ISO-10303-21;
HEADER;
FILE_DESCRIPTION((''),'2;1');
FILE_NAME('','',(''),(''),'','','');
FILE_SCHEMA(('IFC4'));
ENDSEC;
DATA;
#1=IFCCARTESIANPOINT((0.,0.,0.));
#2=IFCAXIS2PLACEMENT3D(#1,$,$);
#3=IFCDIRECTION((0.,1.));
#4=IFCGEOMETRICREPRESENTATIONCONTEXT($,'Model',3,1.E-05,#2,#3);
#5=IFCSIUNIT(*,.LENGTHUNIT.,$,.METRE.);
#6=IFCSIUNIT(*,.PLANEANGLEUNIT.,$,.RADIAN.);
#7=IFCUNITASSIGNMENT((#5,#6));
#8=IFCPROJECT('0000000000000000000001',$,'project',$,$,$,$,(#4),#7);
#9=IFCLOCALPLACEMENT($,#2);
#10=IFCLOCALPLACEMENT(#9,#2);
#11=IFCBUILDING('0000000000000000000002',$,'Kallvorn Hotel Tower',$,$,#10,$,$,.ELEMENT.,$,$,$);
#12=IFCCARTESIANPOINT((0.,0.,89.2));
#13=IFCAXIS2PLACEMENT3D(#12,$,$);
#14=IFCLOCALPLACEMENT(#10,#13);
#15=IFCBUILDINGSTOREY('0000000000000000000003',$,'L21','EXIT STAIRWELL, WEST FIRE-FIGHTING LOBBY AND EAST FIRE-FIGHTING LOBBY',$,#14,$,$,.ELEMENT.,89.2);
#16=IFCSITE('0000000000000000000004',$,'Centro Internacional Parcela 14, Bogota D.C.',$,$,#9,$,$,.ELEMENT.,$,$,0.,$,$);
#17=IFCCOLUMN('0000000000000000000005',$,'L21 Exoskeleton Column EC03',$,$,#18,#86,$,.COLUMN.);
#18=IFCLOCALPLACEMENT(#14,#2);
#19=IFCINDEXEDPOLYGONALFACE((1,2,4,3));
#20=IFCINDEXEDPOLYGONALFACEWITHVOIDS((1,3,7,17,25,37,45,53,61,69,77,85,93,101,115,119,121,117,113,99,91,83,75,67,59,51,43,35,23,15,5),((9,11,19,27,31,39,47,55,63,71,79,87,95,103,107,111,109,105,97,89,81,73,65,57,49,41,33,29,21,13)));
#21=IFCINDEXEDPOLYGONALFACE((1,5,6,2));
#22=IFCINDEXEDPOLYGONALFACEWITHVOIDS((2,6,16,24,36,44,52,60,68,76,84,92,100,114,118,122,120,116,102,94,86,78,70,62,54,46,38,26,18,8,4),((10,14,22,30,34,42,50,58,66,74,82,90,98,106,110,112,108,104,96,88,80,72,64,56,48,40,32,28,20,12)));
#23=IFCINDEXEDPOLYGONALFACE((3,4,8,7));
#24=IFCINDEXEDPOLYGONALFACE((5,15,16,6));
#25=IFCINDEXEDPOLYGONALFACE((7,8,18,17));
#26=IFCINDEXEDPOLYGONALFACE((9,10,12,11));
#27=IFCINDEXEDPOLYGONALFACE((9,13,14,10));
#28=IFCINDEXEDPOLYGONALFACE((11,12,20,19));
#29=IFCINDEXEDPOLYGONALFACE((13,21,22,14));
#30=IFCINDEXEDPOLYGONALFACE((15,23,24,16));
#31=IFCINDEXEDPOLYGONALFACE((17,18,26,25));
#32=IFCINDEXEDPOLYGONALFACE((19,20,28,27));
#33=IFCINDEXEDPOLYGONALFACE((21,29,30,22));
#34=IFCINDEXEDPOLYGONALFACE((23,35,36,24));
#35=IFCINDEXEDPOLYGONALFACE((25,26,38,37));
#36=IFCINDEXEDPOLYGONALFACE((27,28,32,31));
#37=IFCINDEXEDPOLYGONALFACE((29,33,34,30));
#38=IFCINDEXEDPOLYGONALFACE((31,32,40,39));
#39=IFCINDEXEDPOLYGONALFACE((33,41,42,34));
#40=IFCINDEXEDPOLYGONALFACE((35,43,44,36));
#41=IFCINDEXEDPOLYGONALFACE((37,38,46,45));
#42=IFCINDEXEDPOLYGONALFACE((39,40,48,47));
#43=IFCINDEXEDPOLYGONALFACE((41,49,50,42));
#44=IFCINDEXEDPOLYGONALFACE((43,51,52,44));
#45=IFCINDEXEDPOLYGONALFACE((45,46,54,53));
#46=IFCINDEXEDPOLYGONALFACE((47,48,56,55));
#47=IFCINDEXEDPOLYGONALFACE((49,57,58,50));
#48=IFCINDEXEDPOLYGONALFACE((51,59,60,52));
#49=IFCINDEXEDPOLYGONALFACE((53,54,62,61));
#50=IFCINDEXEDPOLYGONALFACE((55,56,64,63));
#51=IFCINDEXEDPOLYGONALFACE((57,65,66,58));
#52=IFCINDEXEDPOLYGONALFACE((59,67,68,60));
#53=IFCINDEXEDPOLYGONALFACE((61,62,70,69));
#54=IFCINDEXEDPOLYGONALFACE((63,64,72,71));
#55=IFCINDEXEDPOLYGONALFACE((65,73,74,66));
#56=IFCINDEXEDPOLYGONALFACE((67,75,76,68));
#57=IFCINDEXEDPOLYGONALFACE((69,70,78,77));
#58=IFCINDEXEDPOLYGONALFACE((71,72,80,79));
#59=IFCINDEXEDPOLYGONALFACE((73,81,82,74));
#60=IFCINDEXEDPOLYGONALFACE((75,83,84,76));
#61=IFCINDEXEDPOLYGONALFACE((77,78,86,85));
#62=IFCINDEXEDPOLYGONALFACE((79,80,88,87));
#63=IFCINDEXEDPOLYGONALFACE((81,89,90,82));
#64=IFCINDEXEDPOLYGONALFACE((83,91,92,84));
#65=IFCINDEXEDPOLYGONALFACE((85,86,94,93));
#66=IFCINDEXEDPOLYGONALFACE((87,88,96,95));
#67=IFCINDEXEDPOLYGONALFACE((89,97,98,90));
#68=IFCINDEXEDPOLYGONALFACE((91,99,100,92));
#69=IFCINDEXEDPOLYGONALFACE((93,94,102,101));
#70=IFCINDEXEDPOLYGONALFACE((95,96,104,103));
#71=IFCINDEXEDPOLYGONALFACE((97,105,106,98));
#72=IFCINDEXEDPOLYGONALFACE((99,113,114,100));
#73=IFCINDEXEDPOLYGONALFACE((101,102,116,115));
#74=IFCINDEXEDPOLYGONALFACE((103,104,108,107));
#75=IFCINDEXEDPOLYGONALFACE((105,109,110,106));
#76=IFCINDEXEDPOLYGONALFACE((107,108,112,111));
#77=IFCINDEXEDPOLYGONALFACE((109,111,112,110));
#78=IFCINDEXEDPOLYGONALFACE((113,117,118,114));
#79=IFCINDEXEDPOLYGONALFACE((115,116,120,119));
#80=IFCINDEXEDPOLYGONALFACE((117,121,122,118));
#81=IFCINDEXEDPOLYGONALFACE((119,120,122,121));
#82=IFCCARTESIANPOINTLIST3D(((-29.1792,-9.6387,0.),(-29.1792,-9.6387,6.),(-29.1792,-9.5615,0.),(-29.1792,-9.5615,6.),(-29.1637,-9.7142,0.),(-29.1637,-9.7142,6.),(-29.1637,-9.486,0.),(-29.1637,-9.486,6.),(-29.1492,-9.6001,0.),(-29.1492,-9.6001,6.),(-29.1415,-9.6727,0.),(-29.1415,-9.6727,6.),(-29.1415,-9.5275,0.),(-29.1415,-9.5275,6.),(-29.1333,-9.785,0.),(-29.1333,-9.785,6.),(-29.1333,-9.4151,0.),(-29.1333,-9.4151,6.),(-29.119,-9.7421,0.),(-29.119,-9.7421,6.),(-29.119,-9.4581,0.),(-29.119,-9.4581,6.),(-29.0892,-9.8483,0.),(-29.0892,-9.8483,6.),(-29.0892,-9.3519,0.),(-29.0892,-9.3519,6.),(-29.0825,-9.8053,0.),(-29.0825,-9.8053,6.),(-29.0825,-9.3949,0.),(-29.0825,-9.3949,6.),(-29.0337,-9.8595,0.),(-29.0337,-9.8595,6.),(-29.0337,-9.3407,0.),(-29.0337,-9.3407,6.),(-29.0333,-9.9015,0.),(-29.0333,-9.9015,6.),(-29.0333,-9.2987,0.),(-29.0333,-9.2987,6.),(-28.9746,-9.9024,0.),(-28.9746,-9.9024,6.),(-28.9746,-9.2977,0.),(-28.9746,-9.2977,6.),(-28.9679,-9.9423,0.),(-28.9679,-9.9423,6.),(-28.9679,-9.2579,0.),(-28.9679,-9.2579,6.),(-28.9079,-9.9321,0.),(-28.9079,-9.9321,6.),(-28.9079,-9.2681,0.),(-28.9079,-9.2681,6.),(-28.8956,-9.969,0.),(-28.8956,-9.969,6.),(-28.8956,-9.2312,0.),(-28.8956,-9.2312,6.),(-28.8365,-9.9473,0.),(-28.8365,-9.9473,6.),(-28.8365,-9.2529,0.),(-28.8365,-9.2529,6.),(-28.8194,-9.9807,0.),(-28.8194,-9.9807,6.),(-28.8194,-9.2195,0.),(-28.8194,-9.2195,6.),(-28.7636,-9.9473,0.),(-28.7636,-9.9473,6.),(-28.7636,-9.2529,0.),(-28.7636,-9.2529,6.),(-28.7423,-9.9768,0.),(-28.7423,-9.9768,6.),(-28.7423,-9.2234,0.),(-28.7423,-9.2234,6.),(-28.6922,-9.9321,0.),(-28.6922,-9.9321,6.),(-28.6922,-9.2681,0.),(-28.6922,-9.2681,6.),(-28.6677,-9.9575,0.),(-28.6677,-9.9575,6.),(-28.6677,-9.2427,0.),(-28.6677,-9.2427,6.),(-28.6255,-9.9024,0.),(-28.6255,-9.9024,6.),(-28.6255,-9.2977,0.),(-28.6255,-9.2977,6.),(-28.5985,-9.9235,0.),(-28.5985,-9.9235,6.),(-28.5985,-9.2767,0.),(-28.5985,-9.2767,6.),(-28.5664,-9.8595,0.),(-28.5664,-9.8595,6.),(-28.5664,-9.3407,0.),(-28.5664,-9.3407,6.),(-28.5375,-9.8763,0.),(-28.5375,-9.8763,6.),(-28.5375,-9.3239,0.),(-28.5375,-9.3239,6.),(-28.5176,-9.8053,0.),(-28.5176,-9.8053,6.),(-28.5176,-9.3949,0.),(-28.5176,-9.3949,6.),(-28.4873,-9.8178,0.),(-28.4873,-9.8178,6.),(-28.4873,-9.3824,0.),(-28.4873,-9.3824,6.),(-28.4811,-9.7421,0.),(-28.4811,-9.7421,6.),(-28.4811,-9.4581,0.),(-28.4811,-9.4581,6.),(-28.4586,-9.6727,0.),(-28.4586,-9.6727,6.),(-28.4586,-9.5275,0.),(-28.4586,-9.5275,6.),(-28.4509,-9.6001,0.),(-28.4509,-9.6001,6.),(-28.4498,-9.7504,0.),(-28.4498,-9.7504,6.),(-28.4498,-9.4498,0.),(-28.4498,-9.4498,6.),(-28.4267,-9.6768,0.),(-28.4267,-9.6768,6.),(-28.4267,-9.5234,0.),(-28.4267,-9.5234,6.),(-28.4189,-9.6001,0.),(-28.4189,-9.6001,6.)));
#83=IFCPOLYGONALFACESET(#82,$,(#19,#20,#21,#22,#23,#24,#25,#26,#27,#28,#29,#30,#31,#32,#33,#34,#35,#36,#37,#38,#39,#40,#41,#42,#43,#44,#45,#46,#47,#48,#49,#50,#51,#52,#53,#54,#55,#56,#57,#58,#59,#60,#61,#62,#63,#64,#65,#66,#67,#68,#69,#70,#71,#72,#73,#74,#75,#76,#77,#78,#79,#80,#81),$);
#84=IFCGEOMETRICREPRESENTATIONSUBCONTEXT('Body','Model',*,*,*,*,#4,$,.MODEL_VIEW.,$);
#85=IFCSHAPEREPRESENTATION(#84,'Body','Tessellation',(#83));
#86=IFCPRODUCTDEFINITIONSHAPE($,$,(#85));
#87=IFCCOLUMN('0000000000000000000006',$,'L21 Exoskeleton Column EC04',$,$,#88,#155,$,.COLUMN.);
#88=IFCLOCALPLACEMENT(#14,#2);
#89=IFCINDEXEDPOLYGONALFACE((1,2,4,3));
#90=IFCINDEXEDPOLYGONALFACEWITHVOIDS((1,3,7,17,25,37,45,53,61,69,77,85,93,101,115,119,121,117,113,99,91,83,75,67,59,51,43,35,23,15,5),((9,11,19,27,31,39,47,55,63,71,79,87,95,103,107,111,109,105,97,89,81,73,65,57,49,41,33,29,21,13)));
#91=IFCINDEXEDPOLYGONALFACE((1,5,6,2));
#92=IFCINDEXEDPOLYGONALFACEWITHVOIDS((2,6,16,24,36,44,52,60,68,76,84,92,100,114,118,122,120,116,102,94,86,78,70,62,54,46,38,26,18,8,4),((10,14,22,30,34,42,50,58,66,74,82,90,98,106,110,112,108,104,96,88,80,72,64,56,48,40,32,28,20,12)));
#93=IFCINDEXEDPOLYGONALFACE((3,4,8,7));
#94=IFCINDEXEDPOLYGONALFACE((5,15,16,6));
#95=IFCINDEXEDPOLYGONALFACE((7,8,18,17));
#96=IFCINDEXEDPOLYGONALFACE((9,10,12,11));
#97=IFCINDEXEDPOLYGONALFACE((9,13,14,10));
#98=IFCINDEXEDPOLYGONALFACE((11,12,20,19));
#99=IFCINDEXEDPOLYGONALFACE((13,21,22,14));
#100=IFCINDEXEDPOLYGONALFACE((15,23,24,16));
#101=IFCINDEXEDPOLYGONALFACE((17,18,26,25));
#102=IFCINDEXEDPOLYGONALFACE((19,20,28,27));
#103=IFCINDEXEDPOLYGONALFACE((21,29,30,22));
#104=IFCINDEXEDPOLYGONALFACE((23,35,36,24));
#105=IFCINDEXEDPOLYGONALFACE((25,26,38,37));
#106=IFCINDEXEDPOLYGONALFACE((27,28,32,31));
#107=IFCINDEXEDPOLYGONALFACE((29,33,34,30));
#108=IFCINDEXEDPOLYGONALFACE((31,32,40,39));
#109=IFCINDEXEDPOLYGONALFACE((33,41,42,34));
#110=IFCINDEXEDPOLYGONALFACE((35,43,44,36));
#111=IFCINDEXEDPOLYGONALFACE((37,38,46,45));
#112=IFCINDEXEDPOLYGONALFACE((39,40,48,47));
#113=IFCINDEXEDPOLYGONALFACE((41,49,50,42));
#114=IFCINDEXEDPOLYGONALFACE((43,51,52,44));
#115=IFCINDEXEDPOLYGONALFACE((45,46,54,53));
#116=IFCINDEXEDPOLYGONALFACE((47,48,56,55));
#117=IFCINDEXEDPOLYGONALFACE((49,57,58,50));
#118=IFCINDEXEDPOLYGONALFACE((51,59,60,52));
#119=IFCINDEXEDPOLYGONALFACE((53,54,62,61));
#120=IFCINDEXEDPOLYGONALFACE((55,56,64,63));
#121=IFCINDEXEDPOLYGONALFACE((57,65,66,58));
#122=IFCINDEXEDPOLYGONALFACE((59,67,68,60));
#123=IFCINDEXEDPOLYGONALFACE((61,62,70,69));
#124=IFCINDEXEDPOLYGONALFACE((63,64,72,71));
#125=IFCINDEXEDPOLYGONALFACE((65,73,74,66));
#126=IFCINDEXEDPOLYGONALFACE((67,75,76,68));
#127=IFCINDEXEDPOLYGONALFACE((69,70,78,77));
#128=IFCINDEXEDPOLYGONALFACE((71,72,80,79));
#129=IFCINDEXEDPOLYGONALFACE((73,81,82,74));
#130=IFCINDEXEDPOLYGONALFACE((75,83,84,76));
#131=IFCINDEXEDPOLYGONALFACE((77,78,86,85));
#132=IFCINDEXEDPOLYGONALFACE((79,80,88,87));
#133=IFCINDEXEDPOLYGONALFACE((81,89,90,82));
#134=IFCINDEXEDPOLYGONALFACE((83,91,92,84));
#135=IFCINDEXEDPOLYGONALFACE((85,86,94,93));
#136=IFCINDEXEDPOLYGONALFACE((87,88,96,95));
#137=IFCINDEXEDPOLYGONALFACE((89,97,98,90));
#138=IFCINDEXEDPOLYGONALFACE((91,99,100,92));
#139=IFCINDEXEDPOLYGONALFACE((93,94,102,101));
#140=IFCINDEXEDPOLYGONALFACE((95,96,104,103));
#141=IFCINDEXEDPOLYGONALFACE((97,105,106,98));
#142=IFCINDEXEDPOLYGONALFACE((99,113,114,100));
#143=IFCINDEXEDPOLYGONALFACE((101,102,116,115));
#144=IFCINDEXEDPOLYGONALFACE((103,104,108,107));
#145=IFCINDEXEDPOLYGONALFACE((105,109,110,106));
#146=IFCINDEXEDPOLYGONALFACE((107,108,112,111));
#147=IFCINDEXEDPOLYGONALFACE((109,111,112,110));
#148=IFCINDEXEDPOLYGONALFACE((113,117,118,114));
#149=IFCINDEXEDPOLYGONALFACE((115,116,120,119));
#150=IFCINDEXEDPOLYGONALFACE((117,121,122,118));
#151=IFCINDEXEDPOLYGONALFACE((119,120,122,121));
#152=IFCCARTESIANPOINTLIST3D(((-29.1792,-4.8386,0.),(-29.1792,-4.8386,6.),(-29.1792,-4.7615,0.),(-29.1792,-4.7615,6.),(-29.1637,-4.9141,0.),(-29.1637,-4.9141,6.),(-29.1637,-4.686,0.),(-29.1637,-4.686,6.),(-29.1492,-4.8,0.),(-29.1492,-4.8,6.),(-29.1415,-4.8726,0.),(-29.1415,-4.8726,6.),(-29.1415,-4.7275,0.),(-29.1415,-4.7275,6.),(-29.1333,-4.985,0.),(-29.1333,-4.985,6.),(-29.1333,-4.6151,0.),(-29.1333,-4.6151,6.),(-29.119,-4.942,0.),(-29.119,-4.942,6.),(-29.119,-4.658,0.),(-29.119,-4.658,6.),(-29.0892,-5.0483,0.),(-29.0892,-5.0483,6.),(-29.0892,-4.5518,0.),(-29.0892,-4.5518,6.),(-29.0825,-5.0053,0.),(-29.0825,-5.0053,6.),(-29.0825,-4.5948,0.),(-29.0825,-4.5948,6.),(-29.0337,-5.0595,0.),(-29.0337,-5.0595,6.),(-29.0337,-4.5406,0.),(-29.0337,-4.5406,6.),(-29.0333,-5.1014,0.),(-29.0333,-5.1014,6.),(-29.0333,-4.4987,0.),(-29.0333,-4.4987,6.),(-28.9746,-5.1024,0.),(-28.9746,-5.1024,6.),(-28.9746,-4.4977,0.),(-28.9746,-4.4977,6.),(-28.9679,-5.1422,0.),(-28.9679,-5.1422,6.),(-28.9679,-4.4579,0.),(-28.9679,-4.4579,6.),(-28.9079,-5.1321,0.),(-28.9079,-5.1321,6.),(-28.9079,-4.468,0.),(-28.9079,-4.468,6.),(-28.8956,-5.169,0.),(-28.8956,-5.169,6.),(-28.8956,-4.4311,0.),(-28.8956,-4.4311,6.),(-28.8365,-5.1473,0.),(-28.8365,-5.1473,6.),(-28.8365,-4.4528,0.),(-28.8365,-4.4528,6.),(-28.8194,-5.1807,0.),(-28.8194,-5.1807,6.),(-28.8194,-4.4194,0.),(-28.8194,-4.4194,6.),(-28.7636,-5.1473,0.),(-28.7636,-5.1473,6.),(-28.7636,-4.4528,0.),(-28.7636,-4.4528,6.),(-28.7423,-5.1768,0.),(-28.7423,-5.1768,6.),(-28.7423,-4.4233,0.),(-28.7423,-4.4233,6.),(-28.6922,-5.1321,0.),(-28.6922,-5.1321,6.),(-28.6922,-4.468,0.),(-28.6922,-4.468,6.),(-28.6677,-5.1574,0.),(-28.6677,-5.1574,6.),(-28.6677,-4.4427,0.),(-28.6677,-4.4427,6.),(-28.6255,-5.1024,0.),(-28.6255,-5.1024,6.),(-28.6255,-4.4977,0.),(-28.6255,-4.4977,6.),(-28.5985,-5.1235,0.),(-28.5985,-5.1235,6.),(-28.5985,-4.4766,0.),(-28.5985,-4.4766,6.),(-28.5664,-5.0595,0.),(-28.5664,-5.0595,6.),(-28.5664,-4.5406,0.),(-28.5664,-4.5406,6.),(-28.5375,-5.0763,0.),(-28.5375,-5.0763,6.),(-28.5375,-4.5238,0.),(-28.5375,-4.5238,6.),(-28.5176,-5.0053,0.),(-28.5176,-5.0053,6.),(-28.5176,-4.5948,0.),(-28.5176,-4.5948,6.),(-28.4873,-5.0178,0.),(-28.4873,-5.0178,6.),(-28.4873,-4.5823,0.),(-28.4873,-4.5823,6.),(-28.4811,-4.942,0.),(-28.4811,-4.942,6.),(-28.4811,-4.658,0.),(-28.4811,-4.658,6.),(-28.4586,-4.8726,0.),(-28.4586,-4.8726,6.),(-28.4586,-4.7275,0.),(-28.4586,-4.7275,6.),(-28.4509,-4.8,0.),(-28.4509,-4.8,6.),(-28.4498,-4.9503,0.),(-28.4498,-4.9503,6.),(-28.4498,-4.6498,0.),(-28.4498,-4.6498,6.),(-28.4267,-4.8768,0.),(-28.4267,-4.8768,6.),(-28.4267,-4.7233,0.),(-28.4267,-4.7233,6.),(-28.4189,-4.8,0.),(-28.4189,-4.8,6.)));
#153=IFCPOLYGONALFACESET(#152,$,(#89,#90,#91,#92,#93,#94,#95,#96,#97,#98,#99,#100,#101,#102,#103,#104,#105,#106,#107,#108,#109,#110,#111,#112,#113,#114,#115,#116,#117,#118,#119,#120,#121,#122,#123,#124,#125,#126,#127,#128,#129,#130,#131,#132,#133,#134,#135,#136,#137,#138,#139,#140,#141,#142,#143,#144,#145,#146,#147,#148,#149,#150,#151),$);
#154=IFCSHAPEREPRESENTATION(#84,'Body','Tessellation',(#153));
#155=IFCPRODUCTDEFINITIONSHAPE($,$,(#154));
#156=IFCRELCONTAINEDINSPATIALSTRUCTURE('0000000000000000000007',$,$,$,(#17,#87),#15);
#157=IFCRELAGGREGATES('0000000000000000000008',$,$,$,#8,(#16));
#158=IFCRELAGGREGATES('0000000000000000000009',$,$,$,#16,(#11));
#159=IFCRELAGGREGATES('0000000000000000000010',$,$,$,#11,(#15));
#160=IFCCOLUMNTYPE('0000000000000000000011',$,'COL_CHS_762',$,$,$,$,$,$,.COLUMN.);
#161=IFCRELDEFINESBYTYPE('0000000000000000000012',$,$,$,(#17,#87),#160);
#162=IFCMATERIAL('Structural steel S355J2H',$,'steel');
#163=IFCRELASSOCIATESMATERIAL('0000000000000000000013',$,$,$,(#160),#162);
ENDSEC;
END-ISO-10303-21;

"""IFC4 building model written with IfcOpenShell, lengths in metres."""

from ifc_helpers import new_model, si_unit, direction, frame, origin, origin_2d, place, context, subcontext, project, spatial, hollow_circle, extrude, material, material_profile, profile_set, type_object, element, save


model = new_model("IFC4")

# Units and contexts
model_context = context("Model", 3, precision=1e-05, world=origin(), true_north=direction((0.0, 1.0)))
body_context = subcontext(model_context, "Body", "Model", "MODEL_VIEW")
ifc_project = project(units=[si_unit("LENGTHUNIT", "METRE"), si_unit("PLANEANGLEUNIT", "RADIAN")], contexts=[model_context])

# Site, building, storey
site_placement = place(None, origin())
site = spatial("IfcSite", under=ifc_project, at=site_placement, Name="Centro Internacional Parcela 14, Bogota D.C.", CompositionType="ELEMENT", RefElevation=0.0)
building_placement = place(site_placement, origin())
building = spatial("IfcBuilding", under=site, at=building_placement, Name="Kallvorn Hotel Tower", CompositionType="ELEMENT")
storey_placement = place(building_placement, frame((0.0, 0.0, 89.2)))
storey = spatial("IfcBuildingStorey", under=building, at=storey_placement, Name="L21", Description="EXIT STAIRWELL, WEST FIRE-FIGHTING LOBBY AND EAST FIRE-FIGHTING LOBBY", CompositionType="ELEMENT", Elevation=89.2)

# Columns
ifc_material_1 = material(Name="Structural steel S355J2H", Category="steel")
ifc_material_profile_1 = material_profile(ifc_material_1, hollow_circle(Radius=0.3811, WallThickness=0.032, at=origin_2d()), Name="CHS 762x32")
ifc_profile_set_1 = profile_set([ifc_material_profile_1], Name="Structural steel S355J2H")
column_type_1 = type_object("IfcColumnType", Name="COL_CHS_762", PredefinedType="COLUMN", material=ifc_profile_set_1)
for number, where, z_axis, x_axis, name in (
    (1, (-28.8, -9.6001, 0.0), (0.0, 0.0, 1.0), (1.0, 0.0, 0.0), "L21 Exoskeleton Column EC03"),
    (2, (-28.8, -4.8, 0.0), (0.0, 0.0, 1.0), (1.0, 0.0, 0.0), "L21 Exoskeleton Column EC04"),
):
    element("IfcColumn", number, at=place(storey_placement, frame(where, z_axis=z_axis, x_axis=x_axis)), inside=storey, type_object=column_type_1, Name=name, PredefinedType="COLUMN", context=body_context, shape_type="SweptSolid", body=[
        extrude(hollow_circle(Radius=0.3811, WallThickness=0.032, at=origin_2d()), origin(), (0.0, 0.0, 1.0), 6.0),
    ])

save(model, "model.ifc")
